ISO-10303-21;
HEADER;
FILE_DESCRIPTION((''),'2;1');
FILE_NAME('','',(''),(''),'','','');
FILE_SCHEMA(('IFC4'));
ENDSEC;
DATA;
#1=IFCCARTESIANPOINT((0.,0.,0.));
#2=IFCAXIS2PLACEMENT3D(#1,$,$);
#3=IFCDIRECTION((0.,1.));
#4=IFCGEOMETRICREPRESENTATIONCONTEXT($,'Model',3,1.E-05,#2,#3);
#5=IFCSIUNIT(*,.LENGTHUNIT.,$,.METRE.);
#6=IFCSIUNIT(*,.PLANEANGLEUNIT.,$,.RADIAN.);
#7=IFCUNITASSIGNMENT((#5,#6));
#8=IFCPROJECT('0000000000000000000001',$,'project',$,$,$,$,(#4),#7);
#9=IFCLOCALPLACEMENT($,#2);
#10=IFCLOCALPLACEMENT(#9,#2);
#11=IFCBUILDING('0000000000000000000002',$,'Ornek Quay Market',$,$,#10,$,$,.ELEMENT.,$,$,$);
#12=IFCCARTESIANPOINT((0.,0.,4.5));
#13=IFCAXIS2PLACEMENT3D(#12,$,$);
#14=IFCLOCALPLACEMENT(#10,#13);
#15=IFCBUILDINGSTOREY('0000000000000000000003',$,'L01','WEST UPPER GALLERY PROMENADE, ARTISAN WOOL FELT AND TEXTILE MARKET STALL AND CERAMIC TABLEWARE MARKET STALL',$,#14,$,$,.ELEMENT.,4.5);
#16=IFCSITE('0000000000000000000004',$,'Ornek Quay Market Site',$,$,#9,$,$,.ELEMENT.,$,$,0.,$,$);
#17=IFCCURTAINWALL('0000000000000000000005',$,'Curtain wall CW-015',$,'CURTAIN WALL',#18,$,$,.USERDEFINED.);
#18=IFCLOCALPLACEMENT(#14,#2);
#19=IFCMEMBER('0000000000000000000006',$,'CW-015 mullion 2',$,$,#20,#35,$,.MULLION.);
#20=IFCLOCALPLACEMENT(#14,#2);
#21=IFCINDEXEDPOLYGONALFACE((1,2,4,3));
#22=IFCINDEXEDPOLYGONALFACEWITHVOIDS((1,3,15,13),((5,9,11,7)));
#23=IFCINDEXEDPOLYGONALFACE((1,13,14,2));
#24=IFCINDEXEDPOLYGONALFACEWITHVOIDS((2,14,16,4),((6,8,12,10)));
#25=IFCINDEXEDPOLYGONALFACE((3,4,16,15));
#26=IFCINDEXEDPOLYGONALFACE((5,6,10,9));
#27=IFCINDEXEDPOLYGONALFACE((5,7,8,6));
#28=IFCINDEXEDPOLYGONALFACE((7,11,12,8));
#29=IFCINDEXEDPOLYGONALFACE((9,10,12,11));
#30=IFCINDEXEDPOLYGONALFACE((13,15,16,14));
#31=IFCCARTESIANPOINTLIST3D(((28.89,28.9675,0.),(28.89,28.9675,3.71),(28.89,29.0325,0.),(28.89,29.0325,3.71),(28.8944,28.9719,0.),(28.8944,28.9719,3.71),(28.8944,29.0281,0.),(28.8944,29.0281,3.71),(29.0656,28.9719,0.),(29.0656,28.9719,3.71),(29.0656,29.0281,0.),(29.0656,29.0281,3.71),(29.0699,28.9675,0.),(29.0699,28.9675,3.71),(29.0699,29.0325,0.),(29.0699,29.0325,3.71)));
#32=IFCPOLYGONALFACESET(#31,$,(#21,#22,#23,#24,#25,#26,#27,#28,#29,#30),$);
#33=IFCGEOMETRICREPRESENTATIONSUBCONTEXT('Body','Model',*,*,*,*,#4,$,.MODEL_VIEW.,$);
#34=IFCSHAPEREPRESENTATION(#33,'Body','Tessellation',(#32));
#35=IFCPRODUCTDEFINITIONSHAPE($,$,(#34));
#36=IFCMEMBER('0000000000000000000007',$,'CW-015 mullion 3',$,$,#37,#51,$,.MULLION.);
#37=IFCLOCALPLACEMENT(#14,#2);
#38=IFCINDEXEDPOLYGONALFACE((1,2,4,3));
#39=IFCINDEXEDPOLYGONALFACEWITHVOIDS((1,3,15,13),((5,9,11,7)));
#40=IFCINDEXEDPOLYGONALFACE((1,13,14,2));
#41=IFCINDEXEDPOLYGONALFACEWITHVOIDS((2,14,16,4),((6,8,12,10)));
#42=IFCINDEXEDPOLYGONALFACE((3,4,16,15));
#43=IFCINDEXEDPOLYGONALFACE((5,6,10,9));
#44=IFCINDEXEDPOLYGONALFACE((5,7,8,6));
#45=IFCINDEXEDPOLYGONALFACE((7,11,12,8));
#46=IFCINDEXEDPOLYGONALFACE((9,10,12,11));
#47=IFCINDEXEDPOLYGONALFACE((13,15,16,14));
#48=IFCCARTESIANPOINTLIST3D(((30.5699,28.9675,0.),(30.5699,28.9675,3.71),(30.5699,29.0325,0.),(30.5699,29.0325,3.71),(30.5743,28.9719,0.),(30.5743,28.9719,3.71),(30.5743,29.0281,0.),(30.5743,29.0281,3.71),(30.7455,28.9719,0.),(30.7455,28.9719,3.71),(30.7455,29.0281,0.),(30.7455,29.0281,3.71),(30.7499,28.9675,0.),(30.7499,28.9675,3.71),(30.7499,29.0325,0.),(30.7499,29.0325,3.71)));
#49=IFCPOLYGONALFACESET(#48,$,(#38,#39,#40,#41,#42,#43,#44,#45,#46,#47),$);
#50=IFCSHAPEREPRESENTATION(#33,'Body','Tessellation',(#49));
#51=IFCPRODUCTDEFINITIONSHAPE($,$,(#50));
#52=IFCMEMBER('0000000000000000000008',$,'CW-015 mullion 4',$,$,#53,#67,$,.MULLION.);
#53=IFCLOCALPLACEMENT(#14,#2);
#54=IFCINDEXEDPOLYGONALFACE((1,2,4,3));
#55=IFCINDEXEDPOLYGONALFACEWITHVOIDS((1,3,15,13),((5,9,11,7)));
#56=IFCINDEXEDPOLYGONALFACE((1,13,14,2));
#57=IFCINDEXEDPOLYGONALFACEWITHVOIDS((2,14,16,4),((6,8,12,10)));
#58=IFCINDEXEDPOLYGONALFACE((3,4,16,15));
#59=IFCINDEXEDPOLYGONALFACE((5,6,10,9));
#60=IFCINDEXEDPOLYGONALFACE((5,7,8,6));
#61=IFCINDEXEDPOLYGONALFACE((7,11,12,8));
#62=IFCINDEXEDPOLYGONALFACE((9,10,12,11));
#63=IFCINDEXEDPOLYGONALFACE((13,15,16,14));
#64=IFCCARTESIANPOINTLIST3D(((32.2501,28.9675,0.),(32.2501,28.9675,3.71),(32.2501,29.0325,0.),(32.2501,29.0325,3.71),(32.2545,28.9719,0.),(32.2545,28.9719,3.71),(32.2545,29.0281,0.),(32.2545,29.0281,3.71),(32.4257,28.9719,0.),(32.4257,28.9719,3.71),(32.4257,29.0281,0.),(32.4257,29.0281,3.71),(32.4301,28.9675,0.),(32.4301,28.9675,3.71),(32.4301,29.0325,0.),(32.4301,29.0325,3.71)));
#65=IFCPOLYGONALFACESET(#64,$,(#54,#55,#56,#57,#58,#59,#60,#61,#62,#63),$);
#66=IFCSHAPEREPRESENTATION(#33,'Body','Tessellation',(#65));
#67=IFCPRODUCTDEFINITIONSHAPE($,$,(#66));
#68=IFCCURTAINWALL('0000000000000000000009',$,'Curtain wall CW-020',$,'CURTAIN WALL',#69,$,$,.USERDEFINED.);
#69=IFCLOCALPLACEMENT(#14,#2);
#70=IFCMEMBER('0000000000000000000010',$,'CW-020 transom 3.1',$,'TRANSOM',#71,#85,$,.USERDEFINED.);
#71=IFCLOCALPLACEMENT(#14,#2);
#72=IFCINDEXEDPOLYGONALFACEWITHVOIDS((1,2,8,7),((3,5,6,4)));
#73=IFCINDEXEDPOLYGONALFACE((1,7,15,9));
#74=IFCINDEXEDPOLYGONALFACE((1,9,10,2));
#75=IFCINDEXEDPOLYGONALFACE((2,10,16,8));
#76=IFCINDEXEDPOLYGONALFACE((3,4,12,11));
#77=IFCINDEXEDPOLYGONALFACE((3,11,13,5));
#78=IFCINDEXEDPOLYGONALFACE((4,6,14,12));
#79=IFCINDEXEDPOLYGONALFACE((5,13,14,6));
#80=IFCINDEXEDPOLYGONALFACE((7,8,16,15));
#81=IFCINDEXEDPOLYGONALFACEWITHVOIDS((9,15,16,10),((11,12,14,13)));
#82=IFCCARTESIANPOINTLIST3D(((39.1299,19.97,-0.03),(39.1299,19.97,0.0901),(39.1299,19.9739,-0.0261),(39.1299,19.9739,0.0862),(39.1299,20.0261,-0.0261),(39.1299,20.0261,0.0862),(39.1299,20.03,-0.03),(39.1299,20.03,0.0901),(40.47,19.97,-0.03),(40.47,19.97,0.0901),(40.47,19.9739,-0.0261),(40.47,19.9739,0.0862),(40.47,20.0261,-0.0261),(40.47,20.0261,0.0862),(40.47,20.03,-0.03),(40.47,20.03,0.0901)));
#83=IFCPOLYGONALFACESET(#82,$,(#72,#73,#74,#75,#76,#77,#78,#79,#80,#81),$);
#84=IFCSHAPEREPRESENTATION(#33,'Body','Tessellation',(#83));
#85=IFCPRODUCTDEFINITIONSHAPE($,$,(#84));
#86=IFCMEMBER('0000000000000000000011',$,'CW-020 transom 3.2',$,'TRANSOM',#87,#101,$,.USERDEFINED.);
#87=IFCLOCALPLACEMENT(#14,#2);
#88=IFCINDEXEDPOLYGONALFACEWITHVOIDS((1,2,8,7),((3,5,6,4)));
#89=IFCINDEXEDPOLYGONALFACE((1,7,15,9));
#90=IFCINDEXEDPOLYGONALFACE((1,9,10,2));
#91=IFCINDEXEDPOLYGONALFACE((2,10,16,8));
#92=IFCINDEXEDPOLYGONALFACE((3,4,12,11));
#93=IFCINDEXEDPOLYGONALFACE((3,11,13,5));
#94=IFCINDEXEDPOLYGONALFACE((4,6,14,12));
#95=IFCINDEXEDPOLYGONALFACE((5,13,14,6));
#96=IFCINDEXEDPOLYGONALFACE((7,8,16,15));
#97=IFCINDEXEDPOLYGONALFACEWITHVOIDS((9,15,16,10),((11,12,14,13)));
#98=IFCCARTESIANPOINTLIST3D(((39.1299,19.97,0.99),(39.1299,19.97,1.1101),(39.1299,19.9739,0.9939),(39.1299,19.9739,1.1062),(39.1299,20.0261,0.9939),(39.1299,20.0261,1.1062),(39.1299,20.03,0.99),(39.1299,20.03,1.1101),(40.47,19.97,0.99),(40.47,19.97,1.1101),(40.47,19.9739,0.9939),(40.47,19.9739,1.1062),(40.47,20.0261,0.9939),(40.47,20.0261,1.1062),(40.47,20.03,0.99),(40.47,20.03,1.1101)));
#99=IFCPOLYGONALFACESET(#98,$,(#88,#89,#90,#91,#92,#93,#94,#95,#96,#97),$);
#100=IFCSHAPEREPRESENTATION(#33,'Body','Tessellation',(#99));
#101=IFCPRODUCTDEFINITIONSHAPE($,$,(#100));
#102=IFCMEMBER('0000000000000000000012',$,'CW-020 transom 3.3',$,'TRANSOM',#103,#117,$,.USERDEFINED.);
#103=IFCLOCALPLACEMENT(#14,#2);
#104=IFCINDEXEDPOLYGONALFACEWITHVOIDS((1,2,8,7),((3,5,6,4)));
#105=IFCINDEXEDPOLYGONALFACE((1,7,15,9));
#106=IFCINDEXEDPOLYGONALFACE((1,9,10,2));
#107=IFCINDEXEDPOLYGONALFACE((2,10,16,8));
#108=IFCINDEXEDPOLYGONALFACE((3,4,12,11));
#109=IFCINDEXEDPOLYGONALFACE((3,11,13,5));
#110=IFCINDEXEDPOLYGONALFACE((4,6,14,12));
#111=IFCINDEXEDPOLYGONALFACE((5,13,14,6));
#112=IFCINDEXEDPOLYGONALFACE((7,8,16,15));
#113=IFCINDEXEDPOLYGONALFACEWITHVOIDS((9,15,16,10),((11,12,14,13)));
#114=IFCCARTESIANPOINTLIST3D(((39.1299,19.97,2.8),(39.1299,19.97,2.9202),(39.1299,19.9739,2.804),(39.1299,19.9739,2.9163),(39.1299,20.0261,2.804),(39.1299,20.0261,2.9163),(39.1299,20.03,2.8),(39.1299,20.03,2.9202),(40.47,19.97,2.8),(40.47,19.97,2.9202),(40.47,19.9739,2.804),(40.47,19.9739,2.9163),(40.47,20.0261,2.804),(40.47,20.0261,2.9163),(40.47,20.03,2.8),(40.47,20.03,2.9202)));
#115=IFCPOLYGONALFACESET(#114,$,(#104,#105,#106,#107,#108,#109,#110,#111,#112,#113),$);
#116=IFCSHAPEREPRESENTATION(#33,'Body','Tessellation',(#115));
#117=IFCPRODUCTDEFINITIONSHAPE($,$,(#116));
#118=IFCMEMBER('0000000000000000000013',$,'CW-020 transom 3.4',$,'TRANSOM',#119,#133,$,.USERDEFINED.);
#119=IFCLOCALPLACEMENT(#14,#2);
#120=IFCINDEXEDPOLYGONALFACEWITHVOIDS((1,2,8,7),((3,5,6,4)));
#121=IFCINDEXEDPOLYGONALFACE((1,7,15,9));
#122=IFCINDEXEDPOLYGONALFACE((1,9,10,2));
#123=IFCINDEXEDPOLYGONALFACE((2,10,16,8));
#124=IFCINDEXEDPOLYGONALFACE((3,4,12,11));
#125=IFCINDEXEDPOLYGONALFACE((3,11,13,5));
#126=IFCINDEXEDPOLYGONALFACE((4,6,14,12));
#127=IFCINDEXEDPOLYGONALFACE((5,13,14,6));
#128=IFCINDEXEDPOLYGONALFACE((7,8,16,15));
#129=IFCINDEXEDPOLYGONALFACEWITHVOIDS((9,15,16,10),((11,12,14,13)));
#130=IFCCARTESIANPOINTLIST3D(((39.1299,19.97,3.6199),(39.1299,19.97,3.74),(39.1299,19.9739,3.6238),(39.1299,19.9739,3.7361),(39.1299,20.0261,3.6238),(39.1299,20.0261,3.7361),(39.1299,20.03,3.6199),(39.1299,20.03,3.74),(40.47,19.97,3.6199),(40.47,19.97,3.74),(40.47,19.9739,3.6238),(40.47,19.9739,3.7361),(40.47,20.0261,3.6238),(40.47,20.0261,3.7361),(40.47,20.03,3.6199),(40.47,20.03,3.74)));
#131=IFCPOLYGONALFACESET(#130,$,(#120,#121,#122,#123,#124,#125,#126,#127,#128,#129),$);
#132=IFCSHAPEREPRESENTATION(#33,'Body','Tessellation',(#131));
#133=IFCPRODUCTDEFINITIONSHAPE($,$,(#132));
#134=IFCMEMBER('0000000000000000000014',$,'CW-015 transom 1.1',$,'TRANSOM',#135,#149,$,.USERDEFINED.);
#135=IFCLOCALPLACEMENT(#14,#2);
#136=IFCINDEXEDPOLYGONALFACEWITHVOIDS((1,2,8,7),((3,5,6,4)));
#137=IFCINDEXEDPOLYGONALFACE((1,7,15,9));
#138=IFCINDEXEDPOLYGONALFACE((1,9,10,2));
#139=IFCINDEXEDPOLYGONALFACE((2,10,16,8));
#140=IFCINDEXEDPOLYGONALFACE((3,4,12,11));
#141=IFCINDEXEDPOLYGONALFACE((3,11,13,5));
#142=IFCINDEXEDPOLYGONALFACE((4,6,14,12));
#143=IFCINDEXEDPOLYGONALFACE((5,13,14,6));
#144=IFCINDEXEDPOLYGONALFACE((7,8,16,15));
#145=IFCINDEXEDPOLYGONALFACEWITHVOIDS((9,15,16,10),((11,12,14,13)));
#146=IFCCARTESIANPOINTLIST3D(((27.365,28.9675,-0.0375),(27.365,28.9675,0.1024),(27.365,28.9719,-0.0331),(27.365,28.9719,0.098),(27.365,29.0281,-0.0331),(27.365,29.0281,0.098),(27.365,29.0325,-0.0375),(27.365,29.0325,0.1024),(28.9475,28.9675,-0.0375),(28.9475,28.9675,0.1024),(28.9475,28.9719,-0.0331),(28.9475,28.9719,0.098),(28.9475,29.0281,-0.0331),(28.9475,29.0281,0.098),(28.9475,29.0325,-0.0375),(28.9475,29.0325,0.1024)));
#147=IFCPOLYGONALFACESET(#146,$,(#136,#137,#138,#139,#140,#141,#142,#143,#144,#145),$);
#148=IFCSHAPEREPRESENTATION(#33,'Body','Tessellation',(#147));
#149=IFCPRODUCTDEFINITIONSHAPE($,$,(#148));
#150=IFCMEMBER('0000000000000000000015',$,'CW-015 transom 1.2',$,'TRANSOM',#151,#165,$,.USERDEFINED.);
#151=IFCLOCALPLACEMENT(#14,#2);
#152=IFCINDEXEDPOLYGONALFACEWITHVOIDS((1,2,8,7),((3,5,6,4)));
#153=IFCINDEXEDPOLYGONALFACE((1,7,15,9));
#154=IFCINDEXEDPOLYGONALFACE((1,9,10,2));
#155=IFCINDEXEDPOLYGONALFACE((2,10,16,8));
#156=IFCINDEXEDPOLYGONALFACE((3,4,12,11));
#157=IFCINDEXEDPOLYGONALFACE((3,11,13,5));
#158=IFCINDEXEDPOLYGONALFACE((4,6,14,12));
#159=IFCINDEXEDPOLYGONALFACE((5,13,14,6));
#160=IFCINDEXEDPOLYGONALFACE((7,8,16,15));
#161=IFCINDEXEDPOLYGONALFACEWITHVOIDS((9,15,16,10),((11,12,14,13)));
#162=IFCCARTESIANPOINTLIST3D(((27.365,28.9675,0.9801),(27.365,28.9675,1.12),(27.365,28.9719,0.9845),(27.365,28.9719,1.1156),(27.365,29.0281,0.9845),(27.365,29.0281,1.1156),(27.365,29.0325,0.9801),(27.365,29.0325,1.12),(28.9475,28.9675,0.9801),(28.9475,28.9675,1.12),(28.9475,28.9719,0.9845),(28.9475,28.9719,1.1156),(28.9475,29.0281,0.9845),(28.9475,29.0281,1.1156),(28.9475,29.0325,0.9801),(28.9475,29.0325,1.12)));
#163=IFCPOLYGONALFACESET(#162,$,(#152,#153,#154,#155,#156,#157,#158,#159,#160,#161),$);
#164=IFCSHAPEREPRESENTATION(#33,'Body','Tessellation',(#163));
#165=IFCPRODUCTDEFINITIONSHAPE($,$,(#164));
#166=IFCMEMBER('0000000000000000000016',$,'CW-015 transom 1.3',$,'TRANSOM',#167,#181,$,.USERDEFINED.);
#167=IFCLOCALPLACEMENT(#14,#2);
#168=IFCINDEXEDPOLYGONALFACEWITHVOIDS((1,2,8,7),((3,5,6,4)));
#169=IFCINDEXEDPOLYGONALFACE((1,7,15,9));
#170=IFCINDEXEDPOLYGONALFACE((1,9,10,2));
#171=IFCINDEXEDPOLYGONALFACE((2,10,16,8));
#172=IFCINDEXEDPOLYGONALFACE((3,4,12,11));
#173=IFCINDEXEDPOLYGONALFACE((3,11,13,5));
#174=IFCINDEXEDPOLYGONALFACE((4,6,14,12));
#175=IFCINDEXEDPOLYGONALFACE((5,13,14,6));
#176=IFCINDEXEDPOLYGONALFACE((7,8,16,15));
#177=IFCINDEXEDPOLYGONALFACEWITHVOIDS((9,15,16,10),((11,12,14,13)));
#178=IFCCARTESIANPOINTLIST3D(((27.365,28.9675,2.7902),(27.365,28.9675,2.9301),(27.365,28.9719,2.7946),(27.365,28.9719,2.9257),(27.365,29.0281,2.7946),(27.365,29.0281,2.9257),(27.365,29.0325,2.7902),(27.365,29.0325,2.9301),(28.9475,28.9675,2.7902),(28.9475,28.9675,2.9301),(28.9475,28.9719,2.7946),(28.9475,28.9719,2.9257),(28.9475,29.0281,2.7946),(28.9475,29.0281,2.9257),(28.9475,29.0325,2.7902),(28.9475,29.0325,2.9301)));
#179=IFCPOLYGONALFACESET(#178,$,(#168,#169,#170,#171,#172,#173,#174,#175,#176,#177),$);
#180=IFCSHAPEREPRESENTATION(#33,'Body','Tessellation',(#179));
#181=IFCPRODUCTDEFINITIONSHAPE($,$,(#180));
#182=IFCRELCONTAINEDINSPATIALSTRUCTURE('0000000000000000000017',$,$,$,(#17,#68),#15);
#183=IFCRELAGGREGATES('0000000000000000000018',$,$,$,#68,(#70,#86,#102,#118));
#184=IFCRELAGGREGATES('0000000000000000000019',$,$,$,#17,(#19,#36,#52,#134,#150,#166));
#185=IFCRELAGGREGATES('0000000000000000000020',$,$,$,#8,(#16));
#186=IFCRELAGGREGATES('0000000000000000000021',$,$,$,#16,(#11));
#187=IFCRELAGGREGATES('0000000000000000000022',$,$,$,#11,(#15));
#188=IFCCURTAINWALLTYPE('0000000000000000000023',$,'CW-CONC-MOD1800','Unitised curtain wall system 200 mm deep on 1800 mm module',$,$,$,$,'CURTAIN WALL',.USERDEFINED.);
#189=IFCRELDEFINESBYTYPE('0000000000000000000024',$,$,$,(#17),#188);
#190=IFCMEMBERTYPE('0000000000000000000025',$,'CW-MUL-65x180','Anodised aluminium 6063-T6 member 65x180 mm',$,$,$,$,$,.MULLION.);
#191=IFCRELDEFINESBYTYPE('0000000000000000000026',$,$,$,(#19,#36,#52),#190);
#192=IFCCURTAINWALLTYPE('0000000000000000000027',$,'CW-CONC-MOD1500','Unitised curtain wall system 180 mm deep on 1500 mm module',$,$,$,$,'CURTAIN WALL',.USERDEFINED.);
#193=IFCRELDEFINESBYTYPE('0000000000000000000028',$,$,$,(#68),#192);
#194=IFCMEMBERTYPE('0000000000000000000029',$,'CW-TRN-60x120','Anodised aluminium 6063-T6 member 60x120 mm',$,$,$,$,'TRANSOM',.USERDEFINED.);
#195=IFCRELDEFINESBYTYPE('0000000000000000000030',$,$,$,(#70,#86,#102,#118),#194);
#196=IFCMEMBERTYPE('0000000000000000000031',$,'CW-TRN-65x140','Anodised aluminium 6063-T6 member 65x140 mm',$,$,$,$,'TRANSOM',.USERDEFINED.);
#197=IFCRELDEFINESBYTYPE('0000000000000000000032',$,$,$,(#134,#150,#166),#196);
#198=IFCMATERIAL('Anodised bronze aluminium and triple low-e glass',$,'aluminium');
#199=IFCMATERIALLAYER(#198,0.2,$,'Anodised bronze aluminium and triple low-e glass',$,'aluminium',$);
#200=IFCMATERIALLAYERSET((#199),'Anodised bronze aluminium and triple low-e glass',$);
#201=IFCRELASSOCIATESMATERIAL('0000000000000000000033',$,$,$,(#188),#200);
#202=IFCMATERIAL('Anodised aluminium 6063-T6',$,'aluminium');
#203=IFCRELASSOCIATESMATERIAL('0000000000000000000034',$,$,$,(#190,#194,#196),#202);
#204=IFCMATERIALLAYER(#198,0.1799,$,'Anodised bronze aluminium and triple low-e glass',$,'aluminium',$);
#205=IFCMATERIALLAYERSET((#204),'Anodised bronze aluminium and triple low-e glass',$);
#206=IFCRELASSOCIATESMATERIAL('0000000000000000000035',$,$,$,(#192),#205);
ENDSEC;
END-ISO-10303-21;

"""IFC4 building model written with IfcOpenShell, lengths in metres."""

from ifc_helpers import new_model, si_unit, direction, frame, origin, origin_2d, place, context, subcontext, project, spatial, hollow_rectangle, extrude, material, layer, layer_set, material_profile, profile_set, type_object, element, aggregate, save


model = new_model("IFC4")

# Units and contexts
model_context = context("Model", 3, precision=1e-05, world=origin(), true_north=direction((0.0, 1.0)))
body_context = subcontext(model_context, "Body", "Model", "MODEL_VIEW")
ifc_project = project(units=[si_unit("LENGTHUNIT", "METRE"), si_unit("PLANEANGLEUNIT", "RADIAN")], contexts=[model_context])

# Site, building, storey
site_placement = place(None, origin())
site = spatial("IfcSite", under=ifc_project, at=site_placement, Name="Ornek Quay Market Site", CompositionType="ELEMENT", RefElevation=0.0)
building_placement = place(site_placement, origin())
building = spatial("IfcBuilding", under=site, at=building_placement, Name="Ornek Quay Market", CompositionType="ELEMENT")
storey_placement = place(building_placement, frame((0.0, 0.0, 4.5)))
storey = spatial("IfcBuildingStorey", under=building, at=storey_placement, Name="L01", Description="WEST UPPER GALLERY PROMENADE, ARTISAN WOOL FELT AND TEXTILE MARKET STALL AND CERAMIC TABLEWARE MARKET STALL", CompositionType="ELEMENT", Elevation=4.5)

# Curtain walls, members
ifc_material_1 = material(Name="Anodised bronze aluminium and triple low-e glass", Category="aluminium")
ifc_layer_1 = layer(ifc_material_1, 0.2, Name="Anodised bronze aluminium and triple low-e glass", Category="aluminium")
ifc_layer_set_1 = layer_set([ifc_layer_1], Name="Anodised bronze aluminium and triple low-e glass")
curtain_wall_type_1 = type_object("IfcCurtainWallType", Name="CW-CONC-MOD1800", Description="Unitised curtain wall system 200 mm deep on 1800 mm module", ElementType="CURTAIN WALL", PredefinedType="USERDEFINED", material=ifc_layer_set_1)
curtain_wall_1_placement = place(storey_placement, origin())
curtain_wall_1 = element("IfcCurtainWall", 1, at=curtain_wall_1_placement, inside=storey, type_object=curtain_wall_type_1, Name="Curtain wall CW-015", ObjectType="CURTAIN WALL", PredefinedType="USERDEFINED")
ifc_material_2 = material(Name="Anodised aluminium 6063-T6", Category="aluminium")
ifc_material_profile_1 = material_profile(ifc_material_2, hollow_rectangle(XDim=0.0649, YDim=0.1799, WallThickness=0.0044, at=origin_2d()), Name="CW-MUL-65x180", Category="aluminium")
ifc_profile_set_1 = profile_set([ifc_material_profile_1], Name="Anodised aluminium 6063-T6")
member_type_1 = type_object("IfcMemberType", Name="CW-MUL-65x180", Description="Anodised aluminium 6063-T6 member 65x180 mm", PredefinedType="MULLION", material=ifc_profile_set_1)
member_1_placement = place(storey_placement, frame((28.98, 29.0, 0.0), z_axis=(0.0, 0.0, 1.0), x_axis=(0.0, 1.0, 0.0)))
member_1 = element("IfcMember", 2, at=member_1_placement, type_object=member_type_1, Name="CW-015 mullion 2", PredefinedType="MULLION", context=body_context, shape_type="SweptSolid", body=[
    extrude(hollow_rectangle(XDim=0.0649, YDim=0.1799, WallThickness=0.0044, at=origin_2d()), origin(), (0.0, 0.0, 1.0), 3.71),
])
member_2_placement = place(storey_placement, frame((30.6599, 29.0, 0.0), z_axis=(0.0, 0.0, 1.0), x_axis=(0.0, 1.0, 0.0)))
member_2 = element("IfcMember", 3, at=member_2_placement, type_object=member_type_1, Name="CW-015 mullion 3", PredefinedType="MULLION", context=body_context, shape_type="SweptSolid", body=[
    extrude(hollow_rectangle(XDim=0.0649, YDim=0.1799, WallThickness=0.0044, at=origin_2d()), origin(), (0.0, 0.0, 1.0), 3.71),
])
member_3_placement = place(storey_placement, frame((32.3401, 29.0, 0.0), z_axis=(0.0, 0.0, 1.0), x_axis=(0.0, 1.0, 0.0)))
member_3 = element("IfcMember", 4, at=member_3_placement, type_object=member_type_1, Name="CW-015 mullion 4", PredefinedType="MULLION", context=body_context, shape_type="SweptSolid", body=[
    extrude(hollow_rectangle(XDim=0.0649, YDim=0.1799, WallThickness=0.0044, at=origin_2d()), origin(), (0.0, 0.0, 1.0), 3.71),
])
ifc_layer_2 = layer(ifc_material_1, 0.1799, Name="Anodised bronze aluminium and triple low-e glass", Category="aluminium")
ifc_layer_set_2 = layer_set([ifc_layer_2], Name="Anodised bronze aluminium and triple low-e glass")
curtain_wall_type_2 = type_object("IfcCurtainWallType", Name="CW-CONC-MOD1500", Description="Unitised curtain wall system 180 mm deep on 1500 mm module", ElementType="CURTAIN WALL", PredefinedType="USERDEFINED", material=ifc_layer_set_2)
curtain_wall_2_placement = place(storey_placement, origin())
curtain_wall_2 = element("IfcCurtainWall", 5, at=curtain_wall_2_placement, inside=storey, type_object=curtain_wall_type_2, Name="Curtain wall CW-020", ObjectType="CURTAIN WALL", PredefinedType="USERDEFINED")
ifc_material_profile_2 = material_profile(ifc_material_2, hollow_rectangle(XDim=0.0601, YDim=0.1201, WallThickness=0.0039, at=origin_2d()), Name="CW-TRN-60x120", Category="aluminium")
ifc_profile_set_2 = profile_set([ifc_material_profile_2], Name="Anodised aluminium 6063-T6")
member_type_2 = type_object("IfcMemberType", Name="CW-TRN-60x120", Description="Anodised aluminium 6063-T6 member 60x120 mm", ElementType="TRANSOM", PredefinedType="USERDEFINED", material=ifc_profile_set_2)
member_4_placement = place(storey_placement, frame((39.1299, 20.0, 0.03), z_axis=(1.0, 0.0, 0.0), x_axis=(0.0, 1.0, 0.0)))
member_4 = element("IfcMember", 6, at=member_4_placement, type_object=member_type_2, Name="CW-020 transom 3.1", ObjectType="TRANSOM", PredefinedType="USERDEFINED", context=body_context, shape_type="SweptSolid", body=[
    extrude(hollow_rectangle(XDim=0.0601, YDim=0.1201, WallThickness=0.0039, at=origin_2d()), origin(), (0.0, 0.0, 1.0), 1.3401),
])
member_5_placement = place(storey_placement, frame((39.1299, 20.0, 1.05), z_axis=(1.0, 0.0, 0.0), x_axis=(0.0, 1.0, 0.0)))
member_5 = element("IfcMember", 7, at=member_5_placement, type_object=member_type_2, Name="CW-020 transom 3.2", ObjectType="TRANSOM", PredefinedType="USERDEFINED", context=body_context, shape_type="SweptSolid", body=[
    extrude(hollow_rectangle(XDim=0.0601, YDim=0.1201, WallThickness=0.0039, at=origin_2d()), origin(), (0.0, 0.0, 1.0), 1.3401),
])
member_6_placement = place(storey_placement, frame((39.1299, 20.0, 2.8601), z_axis=(1.0, 0.0, 0.0), x_axis=(0.0, 1.0, 0.0)))
member_6 = element("IfcMember", 8, at=member_6_placement, type_object=member_type_2, Name="CW-020 transom 3.3", ObjectType="TRANSOM", PredefinedType="USERDEFINED", context=body_context, shape_type="SweptSolid", body=[
    extrude(hollow_rectangle(XDim=0.0601, YDim=0.1201, WallThickness=0.0039, at=origin_2d()), origin(), (0.0, 0.0, 1.0), 1.3401),
])
member_7_placement = place(storey_placement, frame((39.1299, 20.0, 3.6799), z_axis=(1.0, 0.0, 0.0), x_axis=(0.0, 1.0, 0.0)))
member_7 = element("IfcMember", 9, at=member_7_placement, type_object=member_type_2, Name="CW-020 transom 3.4", ObjectType="TRANSOM", PredefinedType="USERDEFINED", context=body_context, shape_type="SweptSolid", body=[
    extrude(hollow_rectangle(XDim=0.0601, YDim=0.1201, WallThickness=0.0039, at=origin_2d()), origin(), (0.0, 0.0, 1.0), 1.3401),
])
aggregate(curtain_wall_2, [member_4, member_5, member_6, member_7])

# Members
ifc_material_profile_3 = material_profile(ifc_material_2, hollow_rectangle(XDim=0.0649, YDim=0.1399, WallThickness=0.0044, at=origin_2d()), Name="CW-TRN-65x140", Category="aluminium")
ifc_profile_set_3 = profile_set([ifc_material_profile_3], Name="Anodised aluminium 6063-T6")
member_type_3 = type_object("IfcMemberType", Name="CW-TRN-65x140", Description="Anodised aluminium 6063-T6 member 65x140 mm", ElementType="TRANSOM", PredefinedType="USERDEFINED", material=ifc_profile_set_3)
member_8_placement = place(storey_placement, frame((27.365, 29.0, 0.0325), z_axis=(1.0, 0.0, 0.0), x_axis=(0.0, 1.0, 0.0)))
member_8 = element("IfcMember", 10, at=member_8_placement, type_object=member_type_3, Name="CW-015 transom 1.1", ObjectType="TRANSOM", PredefinedType="USERDEFINED", context=body_context, shape_type="SweptSolid", body=[
    extrude(hollow_rectangle(XDim=0.0649, YDim=0.1399, WallThickness=0.0044, at=origin_2d()), origin(), (0.0, 0.0, 1.0), 1.5825),
])
member_9_placement = place(storey_placement, frame((27.365, 29.0, 1.05), z_axis=(1.0, 0.0, 0.0), x_axis=(0.0, 1.0, 0.0)))
member_9 = element("IfcMember", 11, at=member_9_placement, type_object=member_type_3, Name="CW-015 transom 1.2", ObjectType="TRANSOM", PredefinedType="USERDEFINED", context=body_context, shape_type="SweptSolid", body=[
    extrude(hollow_rectangle(XDim=0.0649, YDim=0.1399, WallThickness=0.0044, at=origin_2d()), origin(), (0.0, 0.0, 1.0), 1.5825),
])
member_10_placement = place(storey_placement, frame((27.365, 29.0, 2.8601), z_axis=(1.0, 0.0, 0.0), x_axis=(0.0, 1.0, 0.0)))
member_10 = element("IfcMember", 12, at=member_10_placement, type_object=member_type_3, Name="CW-015 transom 1.3", ObjectType="TRANSOM", PredefinedType="USERDEFINED", context=body_context, shape_type="SweptSolid", body=[
    extrude(hollow_rectangle(XDim=0.0649, YDim=0.1399, WallThickness=0.0044, at=origin_2d()), origin(), (0.0, 0.0, 1.0), 1.5825),
])

aggregate(curtain_wall_1, [member_1, member_2, member_3, member_8, member_9, member_10])

save(model, "model.ifc")
